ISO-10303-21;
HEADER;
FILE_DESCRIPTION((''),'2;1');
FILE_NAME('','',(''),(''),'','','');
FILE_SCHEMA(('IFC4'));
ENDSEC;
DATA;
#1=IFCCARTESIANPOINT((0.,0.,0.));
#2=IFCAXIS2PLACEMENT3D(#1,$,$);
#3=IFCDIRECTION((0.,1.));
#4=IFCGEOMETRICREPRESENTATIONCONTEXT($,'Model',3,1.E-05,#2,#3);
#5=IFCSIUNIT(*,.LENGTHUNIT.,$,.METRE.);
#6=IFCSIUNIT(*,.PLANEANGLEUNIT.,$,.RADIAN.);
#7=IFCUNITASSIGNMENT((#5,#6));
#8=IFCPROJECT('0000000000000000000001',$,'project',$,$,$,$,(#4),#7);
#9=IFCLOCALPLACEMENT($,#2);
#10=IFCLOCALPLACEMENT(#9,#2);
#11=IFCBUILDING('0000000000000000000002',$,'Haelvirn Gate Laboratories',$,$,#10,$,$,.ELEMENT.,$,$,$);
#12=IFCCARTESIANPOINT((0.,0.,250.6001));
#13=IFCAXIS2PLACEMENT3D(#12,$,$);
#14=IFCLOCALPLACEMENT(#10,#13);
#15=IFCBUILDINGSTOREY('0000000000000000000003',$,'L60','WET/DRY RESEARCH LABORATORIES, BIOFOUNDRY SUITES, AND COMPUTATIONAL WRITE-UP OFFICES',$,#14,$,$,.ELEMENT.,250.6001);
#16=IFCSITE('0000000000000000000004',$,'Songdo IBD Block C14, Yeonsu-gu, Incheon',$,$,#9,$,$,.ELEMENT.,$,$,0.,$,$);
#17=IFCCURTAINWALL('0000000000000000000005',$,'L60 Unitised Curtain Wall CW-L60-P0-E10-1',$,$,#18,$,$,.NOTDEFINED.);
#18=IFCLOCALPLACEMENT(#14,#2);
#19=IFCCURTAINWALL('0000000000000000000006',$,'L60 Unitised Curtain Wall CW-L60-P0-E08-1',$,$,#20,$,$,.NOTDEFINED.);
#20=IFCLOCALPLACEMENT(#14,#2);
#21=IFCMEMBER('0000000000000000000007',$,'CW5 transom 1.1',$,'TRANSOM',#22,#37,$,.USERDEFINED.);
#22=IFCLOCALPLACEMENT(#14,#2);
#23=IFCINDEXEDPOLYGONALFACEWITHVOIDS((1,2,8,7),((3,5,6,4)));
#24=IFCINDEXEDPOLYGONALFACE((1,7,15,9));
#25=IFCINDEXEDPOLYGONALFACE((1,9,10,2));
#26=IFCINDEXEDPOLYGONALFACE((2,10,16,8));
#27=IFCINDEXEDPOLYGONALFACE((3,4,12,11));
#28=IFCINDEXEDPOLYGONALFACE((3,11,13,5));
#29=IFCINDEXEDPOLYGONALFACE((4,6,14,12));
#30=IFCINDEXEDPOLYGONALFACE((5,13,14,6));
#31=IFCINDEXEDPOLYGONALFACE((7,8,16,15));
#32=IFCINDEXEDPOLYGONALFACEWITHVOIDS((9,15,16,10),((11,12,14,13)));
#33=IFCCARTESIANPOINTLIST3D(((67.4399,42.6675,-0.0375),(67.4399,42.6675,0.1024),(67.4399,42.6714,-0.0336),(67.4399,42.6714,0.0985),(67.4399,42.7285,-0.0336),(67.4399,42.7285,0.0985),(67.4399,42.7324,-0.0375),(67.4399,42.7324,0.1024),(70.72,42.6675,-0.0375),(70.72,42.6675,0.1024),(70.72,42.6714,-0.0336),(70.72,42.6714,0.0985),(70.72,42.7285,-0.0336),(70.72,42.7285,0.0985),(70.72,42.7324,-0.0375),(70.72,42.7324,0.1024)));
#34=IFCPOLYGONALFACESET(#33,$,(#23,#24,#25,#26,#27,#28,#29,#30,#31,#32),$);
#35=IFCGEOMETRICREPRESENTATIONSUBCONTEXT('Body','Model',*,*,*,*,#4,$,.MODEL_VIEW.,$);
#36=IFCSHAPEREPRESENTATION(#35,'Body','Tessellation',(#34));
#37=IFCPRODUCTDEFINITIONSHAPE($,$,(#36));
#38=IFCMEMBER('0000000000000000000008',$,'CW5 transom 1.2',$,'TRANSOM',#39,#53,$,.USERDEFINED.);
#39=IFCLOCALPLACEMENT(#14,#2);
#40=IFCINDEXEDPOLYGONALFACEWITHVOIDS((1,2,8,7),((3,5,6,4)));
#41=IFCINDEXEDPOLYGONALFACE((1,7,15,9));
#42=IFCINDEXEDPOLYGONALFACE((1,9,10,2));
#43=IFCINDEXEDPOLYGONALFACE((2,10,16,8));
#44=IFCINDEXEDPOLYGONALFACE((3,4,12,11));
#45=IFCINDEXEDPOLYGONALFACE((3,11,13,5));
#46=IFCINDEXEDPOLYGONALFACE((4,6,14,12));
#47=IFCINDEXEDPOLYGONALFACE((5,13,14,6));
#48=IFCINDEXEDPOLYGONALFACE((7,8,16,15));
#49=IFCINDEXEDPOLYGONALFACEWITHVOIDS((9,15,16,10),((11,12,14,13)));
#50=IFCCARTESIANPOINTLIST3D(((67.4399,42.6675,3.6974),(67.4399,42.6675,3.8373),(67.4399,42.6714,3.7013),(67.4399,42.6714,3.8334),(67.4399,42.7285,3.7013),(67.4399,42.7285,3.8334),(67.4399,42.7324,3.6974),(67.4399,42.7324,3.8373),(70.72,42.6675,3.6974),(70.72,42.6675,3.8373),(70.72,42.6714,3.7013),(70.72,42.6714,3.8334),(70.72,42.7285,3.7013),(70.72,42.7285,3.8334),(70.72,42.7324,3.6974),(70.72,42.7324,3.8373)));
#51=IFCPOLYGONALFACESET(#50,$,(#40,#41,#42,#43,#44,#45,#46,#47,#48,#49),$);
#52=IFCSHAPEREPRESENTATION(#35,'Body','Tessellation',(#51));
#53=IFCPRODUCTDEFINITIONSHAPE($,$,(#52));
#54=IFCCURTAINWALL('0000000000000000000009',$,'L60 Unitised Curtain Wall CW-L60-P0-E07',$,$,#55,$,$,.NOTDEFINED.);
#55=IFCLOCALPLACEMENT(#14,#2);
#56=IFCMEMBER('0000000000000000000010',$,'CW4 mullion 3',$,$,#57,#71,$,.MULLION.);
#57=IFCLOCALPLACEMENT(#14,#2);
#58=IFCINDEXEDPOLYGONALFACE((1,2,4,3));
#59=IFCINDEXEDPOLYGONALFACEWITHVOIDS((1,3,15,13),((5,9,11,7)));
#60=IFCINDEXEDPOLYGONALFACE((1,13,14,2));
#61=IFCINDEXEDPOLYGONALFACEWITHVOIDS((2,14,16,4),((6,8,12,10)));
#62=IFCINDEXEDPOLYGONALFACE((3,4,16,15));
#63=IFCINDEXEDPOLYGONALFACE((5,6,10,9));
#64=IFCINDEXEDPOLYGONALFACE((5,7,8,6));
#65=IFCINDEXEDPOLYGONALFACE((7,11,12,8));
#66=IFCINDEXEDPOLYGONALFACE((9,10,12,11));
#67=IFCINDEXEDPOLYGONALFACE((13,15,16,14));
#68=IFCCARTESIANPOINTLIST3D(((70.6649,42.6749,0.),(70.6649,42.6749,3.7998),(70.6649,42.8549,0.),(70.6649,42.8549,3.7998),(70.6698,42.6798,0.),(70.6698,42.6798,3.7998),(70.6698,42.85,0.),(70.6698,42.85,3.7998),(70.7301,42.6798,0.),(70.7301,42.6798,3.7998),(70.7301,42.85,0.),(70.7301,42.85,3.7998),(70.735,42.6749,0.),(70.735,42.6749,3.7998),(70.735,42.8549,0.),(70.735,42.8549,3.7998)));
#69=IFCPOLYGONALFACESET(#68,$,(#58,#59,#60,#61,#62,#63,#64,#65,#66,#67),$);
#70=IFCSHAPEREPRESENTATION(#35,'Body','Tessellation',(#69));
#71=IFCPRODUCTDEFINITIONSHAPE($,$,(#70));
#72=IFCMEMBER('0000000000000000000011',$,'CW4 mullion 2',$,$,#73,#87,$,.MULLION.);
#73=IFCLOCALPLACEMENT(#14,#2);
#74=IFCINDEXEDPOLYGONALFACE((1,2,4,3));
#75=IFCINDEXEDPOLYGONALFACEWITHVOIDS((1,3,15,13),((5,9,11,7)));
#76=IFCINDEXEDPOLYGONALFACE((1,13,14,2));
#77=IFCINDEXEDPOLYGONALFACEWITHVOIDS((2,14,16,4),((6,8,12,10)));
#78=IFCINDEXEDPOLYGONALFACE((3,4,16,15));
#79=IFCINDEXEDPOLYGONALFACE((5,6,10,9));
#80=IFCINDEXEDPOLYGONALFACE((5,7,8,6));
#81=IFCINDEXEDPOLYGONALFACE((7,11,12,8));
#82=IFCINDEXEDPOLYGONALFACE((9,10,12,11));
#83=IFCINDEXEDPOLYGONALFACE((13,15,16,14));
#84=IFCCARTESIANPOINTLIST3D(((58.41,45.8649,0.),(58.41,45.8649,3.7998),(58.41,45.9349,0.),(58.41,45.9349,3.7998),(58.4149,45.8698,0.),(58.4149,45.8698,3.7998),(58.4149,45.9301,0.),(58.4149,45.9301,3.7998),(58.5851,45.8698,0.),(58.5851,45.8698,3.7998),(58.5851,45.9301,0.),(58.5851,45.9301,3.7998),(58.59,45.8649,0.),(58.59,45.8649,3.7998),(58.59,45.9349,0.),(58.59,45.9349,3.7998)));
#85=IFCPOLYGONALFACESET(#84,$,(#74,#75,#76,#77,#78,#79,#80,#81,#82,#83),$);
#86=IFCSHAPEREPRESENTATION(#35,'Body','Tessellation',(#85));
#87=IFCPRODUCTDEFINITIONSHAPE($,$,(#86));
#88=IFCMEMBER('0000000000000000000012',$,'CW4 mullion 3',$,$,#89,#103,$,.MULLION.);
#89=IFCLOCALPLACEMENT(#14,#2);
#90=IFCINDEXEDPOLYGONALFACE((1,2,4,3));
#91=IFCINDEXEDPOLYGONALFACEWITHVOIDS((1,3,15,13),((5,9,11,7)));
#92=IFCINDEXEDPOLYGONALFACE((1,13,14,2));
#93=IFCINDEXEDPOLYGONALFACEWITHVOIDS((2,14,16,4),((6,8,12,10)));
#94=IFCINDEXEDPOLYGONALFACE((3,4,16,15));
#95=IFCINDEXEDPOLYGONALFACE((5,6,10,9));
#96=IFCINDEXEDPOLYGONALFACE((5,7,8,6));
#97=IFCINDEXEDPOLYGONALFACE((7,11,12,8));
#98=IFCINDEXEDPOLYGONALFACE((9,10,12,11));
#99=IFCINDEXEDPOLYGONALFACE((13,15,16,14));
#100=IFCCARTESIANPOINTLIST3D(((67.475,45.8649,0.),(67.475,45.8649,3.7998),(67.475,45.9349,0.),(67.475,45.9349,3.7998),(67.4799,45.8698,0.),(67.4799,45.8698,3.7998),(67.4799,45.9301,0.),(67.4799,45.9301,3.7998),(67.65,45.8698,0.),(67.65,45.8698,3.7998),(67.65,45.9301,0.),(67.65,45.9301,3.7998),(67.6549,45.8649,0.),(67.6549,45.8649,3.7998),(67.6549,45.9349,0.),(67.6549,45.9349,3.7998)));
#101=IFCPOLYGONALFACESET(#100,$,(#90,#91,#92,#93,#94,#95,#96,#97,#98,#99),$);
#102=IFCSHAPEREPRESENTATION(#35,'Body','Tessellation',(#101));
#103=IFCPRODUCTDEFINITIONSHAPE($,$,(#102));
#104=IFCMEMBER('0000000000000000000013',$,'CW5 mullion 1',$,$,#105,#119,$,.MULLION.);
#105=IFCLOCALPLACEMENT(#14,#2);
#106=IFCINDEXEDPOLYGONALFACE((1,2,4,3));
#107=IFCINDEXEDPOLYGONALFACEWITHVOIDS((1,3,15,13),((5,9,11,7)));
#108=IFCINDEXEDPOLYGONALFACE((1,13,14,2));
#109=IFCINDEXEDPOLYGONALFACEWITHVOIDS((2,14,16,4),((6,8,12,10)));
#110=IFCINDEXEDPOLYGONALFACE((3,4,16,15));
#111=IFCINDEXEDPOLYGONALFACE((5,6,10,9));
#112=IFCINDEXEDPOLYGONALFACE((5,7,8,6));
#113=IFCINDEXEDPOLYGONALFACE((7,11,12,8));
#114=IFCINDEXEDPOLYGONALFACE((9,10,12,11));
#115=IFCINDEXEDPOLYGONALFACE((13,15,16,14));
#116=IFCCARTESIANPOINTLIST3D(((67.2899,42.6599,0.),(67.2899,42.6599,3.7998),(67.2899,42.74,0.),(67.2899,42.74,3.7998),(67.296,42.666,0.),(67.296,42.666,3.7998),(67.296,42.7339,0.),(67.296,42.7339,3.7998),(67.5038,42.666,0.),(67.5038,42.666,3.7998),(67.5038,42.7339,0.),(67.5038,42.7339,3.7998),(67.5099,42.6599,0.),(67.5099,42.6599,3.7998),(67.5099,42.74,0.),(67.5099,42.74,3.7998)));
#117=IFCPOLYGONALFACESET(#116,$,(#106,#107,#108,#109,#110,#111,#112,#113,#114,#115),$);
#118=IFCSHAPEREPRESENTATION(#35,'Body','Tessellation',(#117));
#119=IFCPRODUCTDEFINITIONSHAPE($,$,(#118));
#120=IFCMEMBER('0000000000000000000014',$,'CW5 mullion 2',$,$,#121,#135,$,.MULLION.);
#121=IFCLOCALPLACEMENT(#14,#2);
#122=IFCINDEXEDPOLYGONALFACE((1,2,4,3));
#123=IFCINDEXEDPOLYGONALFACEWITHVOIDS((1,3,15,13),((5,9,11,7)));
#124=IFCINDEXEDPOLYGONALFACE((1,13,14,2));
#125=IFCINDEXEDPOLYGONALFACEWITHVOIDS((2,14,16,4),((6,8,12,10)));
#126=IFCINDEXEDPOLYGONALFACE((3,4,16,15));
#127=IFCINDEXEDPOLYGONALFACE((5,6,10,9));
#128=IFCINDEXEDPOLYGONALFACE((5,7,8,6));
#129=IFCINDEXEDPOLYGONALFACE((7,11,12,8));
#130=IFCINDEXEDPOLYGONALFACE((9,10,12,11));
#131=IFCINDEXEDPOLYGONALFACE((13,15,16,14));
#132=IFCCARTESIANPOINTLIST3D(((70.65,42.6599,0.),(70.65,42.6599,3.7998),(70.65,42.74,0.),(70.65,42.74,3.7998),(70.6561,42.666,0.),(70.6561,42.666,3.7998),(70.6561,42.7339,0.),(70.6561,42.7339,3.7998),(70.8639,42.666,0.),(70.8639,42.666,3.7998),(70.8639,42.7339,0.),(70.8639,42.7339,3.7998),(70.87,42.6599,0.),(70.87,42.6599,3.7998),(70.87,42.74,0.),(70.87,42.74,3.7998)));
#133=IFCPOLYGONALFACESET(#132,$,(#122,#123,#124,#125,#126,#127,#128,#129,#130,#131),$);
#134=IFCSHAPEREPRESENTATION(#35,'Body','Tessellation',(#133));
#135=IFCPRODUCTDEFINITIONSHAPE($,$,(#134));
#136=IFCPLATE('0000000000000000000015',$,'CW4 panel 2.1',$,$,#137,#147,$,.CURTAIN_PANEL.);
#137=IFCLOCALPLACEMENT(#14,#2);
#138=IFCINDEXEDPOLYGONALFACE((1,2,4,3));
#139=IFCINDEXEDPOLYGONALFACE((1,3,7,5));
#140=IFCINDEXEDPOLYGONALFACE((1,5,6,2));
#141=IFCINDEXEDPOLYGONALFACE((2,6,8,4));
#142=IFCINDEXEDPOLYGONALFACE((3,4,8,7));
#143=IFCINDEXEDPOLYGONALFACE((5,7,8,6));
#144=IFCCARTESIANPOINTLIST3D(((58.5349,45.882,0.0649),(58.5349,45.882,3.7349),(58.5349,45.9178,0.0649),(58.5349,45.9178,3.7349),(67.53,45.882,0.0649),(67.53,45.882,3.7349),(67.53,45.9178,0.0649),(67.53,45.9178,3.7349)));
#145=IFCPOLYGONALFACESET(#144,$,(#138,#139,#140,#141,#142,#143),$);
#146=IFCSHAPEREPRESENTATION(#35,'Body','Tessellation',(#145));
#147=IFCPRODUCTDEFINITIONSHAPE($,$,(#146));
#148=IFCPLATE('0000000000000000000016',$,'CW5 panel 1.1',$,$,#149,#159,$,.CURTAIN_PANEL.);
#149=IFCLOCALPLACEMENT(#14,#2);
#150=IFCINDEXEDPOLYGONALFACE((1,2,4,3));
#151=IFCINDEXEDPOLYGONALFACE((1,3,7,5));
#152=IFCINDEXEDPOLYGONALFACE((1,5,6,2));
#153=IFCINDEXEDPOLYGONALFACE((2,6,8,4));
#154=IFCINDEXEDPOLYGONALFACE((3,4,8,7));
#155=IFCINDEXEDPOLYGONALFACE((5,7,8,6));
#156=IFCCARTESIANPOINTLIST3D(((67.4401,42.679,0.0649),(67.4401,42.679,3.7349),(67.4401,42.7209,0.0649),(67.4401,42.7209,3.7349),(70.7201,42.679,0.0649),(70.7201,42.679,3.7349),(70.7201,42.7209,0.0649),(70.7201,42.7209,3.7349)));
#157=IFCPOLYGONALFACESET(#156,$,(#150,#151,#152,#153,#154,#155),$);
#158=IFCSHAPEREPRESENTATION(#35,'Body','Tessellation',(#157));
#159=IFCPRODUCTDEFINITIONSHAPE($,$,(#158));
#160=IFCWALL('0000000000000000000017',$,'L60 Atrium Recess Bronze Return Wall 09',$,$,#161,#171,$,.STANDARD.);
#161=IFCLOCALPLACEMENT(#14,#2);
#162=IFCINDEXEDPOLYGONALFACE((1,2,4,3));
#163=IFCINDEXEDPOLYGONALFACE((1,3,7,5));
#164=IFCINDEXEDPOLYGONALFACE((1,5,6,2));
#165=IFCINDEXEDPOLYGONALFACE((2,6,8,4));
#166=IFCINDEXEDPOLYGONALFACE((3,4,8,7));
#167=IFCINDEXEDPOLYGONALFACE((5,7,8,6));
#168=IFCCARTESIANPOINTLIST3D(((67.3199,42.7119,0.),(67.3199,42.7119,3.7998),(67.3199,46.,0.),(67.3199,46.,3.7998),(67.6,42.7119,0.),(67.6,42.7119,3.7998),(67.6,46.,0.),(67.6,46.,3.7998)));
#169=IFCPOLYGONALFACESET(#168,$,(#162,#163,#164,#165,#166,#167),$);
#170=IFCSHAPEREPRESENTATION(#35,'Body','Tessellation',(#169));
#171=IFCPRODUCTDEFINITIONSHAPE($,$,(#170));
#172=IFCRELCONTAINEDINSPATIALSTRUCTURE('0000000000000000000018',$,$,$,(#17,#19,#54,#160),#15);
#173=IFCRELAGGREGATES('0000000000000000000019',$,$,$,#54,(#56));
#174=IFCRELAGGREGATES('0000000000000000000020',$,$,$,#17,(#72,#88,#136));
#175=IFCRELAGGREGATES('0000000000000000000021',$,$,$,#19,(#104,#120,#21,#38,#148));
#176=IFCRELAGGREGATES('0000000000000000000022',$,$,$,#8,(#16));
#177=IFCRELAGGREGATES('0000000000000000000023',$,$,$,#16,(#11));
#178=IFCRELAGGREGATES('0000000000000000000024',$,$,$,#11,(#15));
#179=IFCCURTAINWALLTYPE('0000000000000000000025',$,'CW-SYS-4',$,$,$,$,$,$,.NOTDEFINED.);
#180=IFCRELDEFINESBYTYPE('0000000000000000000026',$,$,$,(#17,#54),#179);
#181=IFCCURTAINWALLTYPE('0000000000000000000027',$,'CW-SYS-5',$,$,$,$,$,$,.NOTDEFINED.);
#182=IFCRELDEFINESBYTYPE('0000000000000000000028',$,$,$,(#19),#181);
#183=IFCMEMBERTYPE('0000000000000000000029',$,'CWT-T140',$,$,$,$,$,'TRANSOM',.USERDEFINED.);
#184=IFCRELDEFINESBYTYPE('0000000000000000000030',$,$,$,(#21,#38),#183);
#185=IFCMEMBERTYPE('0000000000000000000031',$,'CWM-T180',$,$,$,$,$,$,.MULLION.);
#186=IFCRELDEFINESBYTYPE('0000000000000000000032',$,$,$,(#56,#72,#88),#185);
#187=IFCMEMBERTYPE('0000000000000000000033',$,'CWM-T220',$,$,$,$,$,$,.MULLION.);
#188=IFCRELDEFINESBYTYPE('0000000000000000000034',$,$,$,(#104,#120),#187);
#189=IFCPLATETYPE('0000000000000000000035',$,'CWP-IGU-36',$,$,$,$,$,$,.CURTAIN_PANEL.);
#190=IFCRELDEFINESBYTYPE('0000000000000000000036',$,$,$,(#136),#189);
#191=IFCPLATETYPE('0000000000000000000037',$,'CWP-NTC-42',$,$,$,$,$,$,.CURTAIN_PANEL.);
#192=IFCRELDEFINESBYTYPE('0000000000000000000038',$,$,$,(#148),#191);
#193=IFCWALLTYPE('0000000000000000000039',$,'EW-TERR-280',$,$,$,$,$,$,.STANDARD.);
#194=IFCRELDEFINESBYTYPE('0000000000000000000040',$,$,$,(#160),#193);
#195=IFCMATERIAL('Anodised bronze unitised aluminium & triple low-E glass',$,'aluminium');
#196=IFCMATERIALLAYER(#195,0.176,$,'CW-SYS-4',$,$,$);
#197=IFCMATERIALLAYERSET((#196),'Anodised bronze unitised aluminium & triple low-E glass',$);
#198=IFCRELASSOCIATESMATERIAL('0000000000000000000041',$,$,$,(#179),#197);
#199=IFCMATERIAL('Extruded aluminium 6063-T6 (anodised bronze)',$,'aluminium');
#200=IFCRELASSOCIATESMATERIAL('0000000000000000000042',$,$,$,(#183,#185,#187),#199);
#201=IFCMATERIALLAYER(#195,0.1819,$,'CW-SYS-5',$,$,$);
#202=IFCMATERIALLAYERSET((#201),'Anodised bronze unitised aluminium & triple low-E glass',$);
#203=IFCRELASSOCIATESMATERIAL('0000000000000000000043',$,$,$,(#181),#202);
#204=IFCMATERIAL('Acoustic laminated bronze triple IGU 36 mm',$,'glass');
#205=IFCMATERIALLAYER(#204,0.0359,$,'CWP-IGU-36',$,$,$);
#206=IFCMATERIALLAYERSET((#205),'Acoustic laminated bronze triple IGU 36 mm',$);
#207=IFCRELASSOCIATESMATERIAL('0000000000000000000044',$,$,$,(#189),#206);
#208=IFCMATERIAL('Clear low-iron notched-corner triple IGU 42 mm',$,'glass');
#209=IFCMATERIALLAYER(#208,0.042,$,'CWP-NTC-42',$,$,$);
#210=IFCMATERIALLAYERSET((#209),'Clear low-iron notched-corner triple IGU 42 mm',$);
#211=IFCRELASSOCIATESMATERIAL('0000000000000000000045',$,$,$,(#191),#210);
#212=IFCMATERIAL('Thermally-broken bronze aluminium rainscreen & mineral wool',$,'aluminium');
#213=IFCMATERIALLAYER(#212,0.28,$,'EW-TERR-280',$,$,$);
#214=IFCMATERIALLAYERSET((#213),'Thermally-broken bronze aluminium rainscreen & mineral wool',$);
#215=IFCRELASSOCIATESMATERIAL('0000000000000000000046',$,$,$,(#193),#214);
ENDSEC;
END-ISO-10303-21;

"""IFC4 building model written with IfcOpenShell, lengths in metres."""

from ifc_helpers import new_model, si_unit, direction, frame, frame_2d, origin, origin_2d, place, context, subcontext, project, spatial, rectangle, hollow_rectangle, extrude, source, transform, mapped, material, layer, layer_set, material_profile, profile_set, type_object, type_shapes, element, aggregate, save


model = new_model("IFC4")

# Units and contexts
model_context = context("Model", 3, precision=1e-05, world=origin(), true_north=direction((0.0, 1.0)))
body_context = subcontext(model_context, "Body", "Model", "MODEL_VIEW")
ifc_project = project(units=[si_unit("LENGTHUNIT", "METRE"), si_unit("PLANEANGLEUNIT", "RADIAN")], contexts=[model_context])

# Site, building, storey
site_placement = place(None, origin())
site = spatial("IfcSite", under=ifc_project, at=site_placement, Name="Songdo IBD Block C14, Yeonsu-gu, Incheon", CompositionType="ELEMENT", RefElevation=0.0)
building_placement = place(site_placement, origin())
building = spatial("IfcBuilding", under=site, at=building_placement, Name="Haelvirn Gate Laboratories", CompositionType="ELEMENT")
storey_placement = place(building_placement, frame((0.0, 0.0, 250.6001)))
storey = spatial("IfcBuildingStorey", under=building, at=storey_placement, Name="L60", Description="WET/DRY RESEARCH LABORATORIES, BIOFOUNDRY SUITES, AND COMPUTATIONAL WRITE-UP OFFICES", CompositionType="ELEMENT", Elevation=250.6001)

# Curtain walls, members
ifc_material_1 = material(Name="Anodised bronze unitised aluminium & triple low-E glass", Category="aluminium")
ifc_layer_1 = layer(ifc_material_1, 0.176, Name="CW-SYS-4")
ifc_layer_set_1 = layer_set([ifc_layer_1], Name="Anodised bronze unitised aluminium & triple low-E glass")
curtain_wall_type_1 = type_object("IfcCurtainWallType", Name="CW-SYS-4", PredefinedType="NOTDEFINED", material=ifc_layer_set_1)
curtain_wall_1_placement = place(storey_placement, origin())
curtain_wall_1 = element("IfcCurtainWall", 1, at=curtain_wall_1_placement, inside=storey, type_object=curtain_wall_type_1, Name="L60 Unitised Curtain Wall CW-L60-P0-E10-1", PredefinedType="NOTDEFINED")
ifc_material_2 = material(Name="Extruded aluminium 6063-T6 (anodised bronze)", Category="aluminium")
ifc_material_profile_1 = material_profile(ifc_material_2, hollow_rectangle(XDim=0.0649, YDim=0.1399, WallThickness=0.0039, at=origin_2d()), Name="CWT-140x65x4")
ifc_profile_set_1 = profile_set([ifc_material_profile_1], Name="Extruded aluminium 6063-T6 (anodised bronze)")
member_type_1 = type_object("IfcMemberType", Name="CWT-T140", ElementType="TRANSOM", PredefinedType="USERDEFINED", material=ifc_profile_set_1)
ifc_layer_2 = layer(ifc_material_1, 0.1819, Name="CW-SYS-5")
ifc_layer_set_2 = layer_set([ifc_layer_2], Name="Anodised bronze unitised aluminium & triple low-E glass")
curtain_wall_type_2 = type_object("IfcCurtainWallType", Name="CW-SYS-5", PredefinedType="NOTDEFINED", material=ifc_layer_set_2)
curtain_wall_2_placement = place(storey_placement, origin())
curtain_wall_2 = element("IfcCurtainWall", 2, at=curtain_wall_2_placement, inside=storey, type_object=curtain_wall_type_2, Name="L60 Unitised Curtain Wall CW-L60-P0-E08-1", PredefinedType="NOTDEFINED")
shared_shape_1 = source(origin(), body_context, "Body", "SweptSolid", [
    extrude(hollow_rectangle(XDim=0.0649, YDim=0.1399, WallThickness=0.0039, at=origin_2d()), origin(), (0.0, 0.0, 1.0), 3.28),
])
member_1_placement = place(storey_placement, frame((67.4399, 42.7, 0.0325), z_axis=(1.0, 0.0, 0.0), x_axis=(0.0, 1.0, 0.0)))
member_1 = element("IfcMember", 3, at=member_1_placement, type_object=member_type_1, Name="CW5 transom 1.1", ObjectType="TRANSOM", PredefinedType="USERDEFINED", context=body_context, shape_type="MappedRepresentation", body=[
    mapped(shared_shape_1, transform((0.0, 0.0, 0.0), scale=1.0)),
])
member_2_placement = place(storey_placement, frame((67.4399, 42.7, 3.7673), z_axis=(1.0, 0.0, 0.0), x_axis=(0.0, 1.0, 0.0)))
member_2 = element("IfcMember", 4, at=member_2_placement, type_object=member_type_1, Name="CW5 transom 1.2", ObjectType="TRANSOM", PredefinedType="USERDEFINED", context=body_context, shape_type="MappedRepresentation", body=[
    mapped(shared_shape_1, transform((0.0, 0.0, 0.0), scale=1.0)),
])

# Curtain wall, member
curtain_wall_3_placement = place(storey_placement, origin())
curtain_wall_3 = element("IfcCurtainWall", 5, at=curtain_wall_3_placement, inside=storey, type_object=curtain_wall_type_1, Name="L60 Unitised Curtain Wall CW-L60-P0-E07", PredefinedType="NOTDEFINED")
ifc_material_profile_2 = material_profile(ifc_material_2, hollow_rectangle(XDim=0.0701, YDim=0.1799, WallThickness=0.0049, at=origin_2d()), Name="CWM-180x70x5")
ifc_profile_set_2 = profile_set([ifc_material_profile_2], Name="Extruded aluminium 6063-T6 (anodised bronze)")
member_type_2 = type_object("IfcMemberType", Name="CWM-T180", PredefinedType="MULLION", material=ifc_profile_set_2)
shared_shape_2 = source(origin(), body_context, "Body", "SweptSolid", [
    extrude(hollow_rectangle(XDim=0.0701, YDim=0.1799, WallThickness=0.0049, at=origin_2d()), origin(), (0.0, 0.0, 1.0), 3.7998),
])
type_shapes(member_type_2, [shared_shape_2])
member_3_placement = place(storey_placement, frame((70.7, 42.7649, 0.0), z_axis=(0.0, 0.0, 1.0), x_axis=(-1.0, 0.0, 0.0)))
member_3 = element("IfcMember", 6, at=member_3_placement, type_object=member_type_2, Name="CW4 mullion 3", PredefinedType="MULLION", context=body_context, shape_type="MappedRepresentation", body=[
    mapped(shared_shape_2, transform((0.0, 0.0, 0.0), scale=1.0)),
])
aggregate(curtain_wall_3, [member_3])

# Members
member_4_placement = place(storey_placement, frame((58.5, 45.8999, 0.0), z_axis=(0.0, 0.0, 1.0), x_axis=(0.0, 1.0, 0.0)))
member_4 = element("IfcMember", 7, at=member_4_placement, type_object=member_type_2, Name="CW4 mullion 2", PredefinedType="MULLION", context=body_context, shape_type="MappedRepresentation", body=[
    mapped(shared_shape_2, transform((0.0, 0.0, 0.0), scale=1.0)),
])
member_5_placement = place(storey_placement, frame((67.5649, 45.8999, 0.0), z_axis=(0.0, 0.0, 1.0), x_axis=(0.0, 1.0, 0.0)))
member_5 = element("IfcMember", 8, at=member_5_placement, type_object=member_type_2, Name="CW4 mullion 3", PredefinedType="MULLION", context=body_context, shape_type="MappedRepresentation", body=[
    mapped(shared_shape_2, transform((0.0, 0.0, 0.0), scale=1.0)),
])
ifc_material_profile_3 = material_profile(ifc_material_2, hollow_rectangle(XDim=0.0801, YDim=0.22, WallThickness=0.0061, at=origin_2d()), Name="CWM-220x80x6")
ifc_profile_set_3 = profile_set([ifc_material_profile_3], Name="Extruded aluminium 6063-T6 (anodised bronze)")
member_type_3 = type_object("IfcMemberType", Name="CWM-T220", PredefinedType="MULLION", material=ifc_profile_set_3)
shared_shape_3 = source(origin(), body_context, "Body", "SweptSolid", [
    extrude(hollow_rectangle(XDim=0.0801, YDim=0.22, WallThickness=0.0061, at=origin_2d()), origin(), (0.0, 0.0, 1.0), 3.7998),
])
type_shapes(member_type_3, [shared_shape_3])
member_6_placement = place(storey_placement, frame((67.3999, 42.7, 0.0), z_axis=(0.0, 0.0, 1.0), x_axis=(0.0, 1.0, 0.0)))
member_6 = element("IfcMember", 9, at=member_6_placement, type_object=member_type_3, Name="CW5 mullion 1", PredefinedType="MULLION", context=body_context, shape_type="MappedRepresentation", body=[
    mapped(shared_shape_3, transform((0.0, 0.0, 0.0), scale=1.0)),
])
member_7_placement = place(storey_placement, frame((70.76, 42.7, 0.0), z_axis=(0.0, 0.0, 1.0), x_axis=(0.0, 1.0, 0.0)))
member_7 = element("IfcMember", 10, at=member_7_placement, type_object=member_type_3, Name="CW5 mullion 2", PredefinedType="MULLION", context=body_context, shape_type="MappedRepresentation", body=[
    mapped(shared_shape_3, transform((0.0, 0.0, 0.0), scale=1.0)),
])

# Plates
ifc_material_3 = material(Name="Acoustic laminated bronze triple IGU 36 mm", Category="glass")
ifc_layer_3 = layer(ifc_material_3, 0.0359, Name="CWP-IGU-36")
ifc_layer_set_3 = layer_set([ifc_layer_3], Name="Acoustic laminated bronze triple IGU 36 mm")
plate_type_1 = type_object("IfcPlateType", Name="CWP-IGU-36", PredefinedType="CURTAIN_PANEL", material=ifc_layer_set_3)
shared_shape_4 = source(origin(), body_context, "Body", "SweptSolid", [
    extrude(rectangle(XDim=8.9951, YDim=0.0359, at=origin_2d()), origin(), (0.0, 0.0, 1.0), 3.6699),
])
type_shapes(plate_type_1, [shared_shape_4])
plate_1_placement = place(storey_placement, frame((63.0325, 45.8999, 0.0649), z_axis=(0.0, 0.0, 1.0), x_axis=(1.0, 0.0, 0.0)))
plate_1 = element("IfcPlate", 11, at=plate_1_placement, type_object=plate_type_1, Name="CW4 panel 2.1", PredefinedType="CURTAIN_PANEL", context=body_context, shape_type="MappedRepresentation", body=[
    mapped(shared_shape_4, transform((0.0, 0.0, 0.0), scale=1.0)),
])
aggregate(curtain_wall_1, [member_4, member_5, plate_1])
ifc_material_4 = material(Name="Clear low-iron notched-corner triple IGU 42 mm", Category="glass")
ifc_layer_4 = layer(ifc_material_4, 0.042, Name="CWP-NTC-42")
ifc_layer_set_4 = layer_set([ifc_layer_4], Name="Clear low-iron notched-corner triple IGU 42 mm")
plate_type_2 = type_object("IfcPlateType", Name="CWP-NTC-42", PredefinedType="CURTAIN_PANEL", material=ifc_layer_set_4)
shared_shape_5 = source(origin(), body_context, "Body", "SweptSolid", [
    extrude(rectangle(XDim=3.28, YDim=0.042, at=origin_2d()), origin(), (0.0, 0.0, 1.0), 3.6699),
])
type_shapes(plate_type_2, [shared_shape_5])
plate_2_placement = place(storey_placement, frame((69.0801, 42.7, 0.0649), z_axis=(0.0, 0.0, 1.0), x_axis=(1.0, 0.0, 0.0)))
plate_2 = element("IfcPlate", 12, at=plate_2_placement, type_object=plate_type_2, Name="CW5 panel 1.1", PredefinedType="CURTAIN_PANEL", context=body_context, shape_type="MappedRepresentation", body=[
    mapped(shared_shape_5, transform((0.0, 0.0, 0.0), scale=1.0)),
])
aggregate(curtain_wall_2, [member_6, member_7, member_1, member_2, plate_2])

# Wall
ifc_material_5 = material(Name="Thermally-broken bronze aluminium rainscreen & mineral wool", Category="aluminium")
ifc_layer_5 = layer(ifc_material_5, 0.28, Name="EW-TERR-280")
ifc_layer_set_5 = layer_set([ifc_layer_5], Name="Thermally-broken bronze aluminium rainscreen & mineral wool")
wall_type_1 = type_object("IfcWallType", Name="EW-TERR-280", PredefinedType="STANDARD", material=ifc_layer_set_5)
wall_1_placement = place(storey_placement, frame((67.46, 42.7119, 0.0), z_axis=(0.0, 0.0, 1.0), x_axis=(0.0, 1.0, 0.0)))
element("IfcWall", 13, at=wall_1_placement, inside=storey, type_object=wall_type_1, Name="L60 Atrium Recess Bronze Return Wall 09", PredefinedType="STANDARD", context=body_context, shape_type="SweptSolid", body=[
    extrude(rectangle(XDim=3.2881, YDim=0.28, at=frame_2d((1.644, 0.0))), origin(), (0.0, 0.0, 1.0), 3.7998),
])

save(model, "model.ifc")
